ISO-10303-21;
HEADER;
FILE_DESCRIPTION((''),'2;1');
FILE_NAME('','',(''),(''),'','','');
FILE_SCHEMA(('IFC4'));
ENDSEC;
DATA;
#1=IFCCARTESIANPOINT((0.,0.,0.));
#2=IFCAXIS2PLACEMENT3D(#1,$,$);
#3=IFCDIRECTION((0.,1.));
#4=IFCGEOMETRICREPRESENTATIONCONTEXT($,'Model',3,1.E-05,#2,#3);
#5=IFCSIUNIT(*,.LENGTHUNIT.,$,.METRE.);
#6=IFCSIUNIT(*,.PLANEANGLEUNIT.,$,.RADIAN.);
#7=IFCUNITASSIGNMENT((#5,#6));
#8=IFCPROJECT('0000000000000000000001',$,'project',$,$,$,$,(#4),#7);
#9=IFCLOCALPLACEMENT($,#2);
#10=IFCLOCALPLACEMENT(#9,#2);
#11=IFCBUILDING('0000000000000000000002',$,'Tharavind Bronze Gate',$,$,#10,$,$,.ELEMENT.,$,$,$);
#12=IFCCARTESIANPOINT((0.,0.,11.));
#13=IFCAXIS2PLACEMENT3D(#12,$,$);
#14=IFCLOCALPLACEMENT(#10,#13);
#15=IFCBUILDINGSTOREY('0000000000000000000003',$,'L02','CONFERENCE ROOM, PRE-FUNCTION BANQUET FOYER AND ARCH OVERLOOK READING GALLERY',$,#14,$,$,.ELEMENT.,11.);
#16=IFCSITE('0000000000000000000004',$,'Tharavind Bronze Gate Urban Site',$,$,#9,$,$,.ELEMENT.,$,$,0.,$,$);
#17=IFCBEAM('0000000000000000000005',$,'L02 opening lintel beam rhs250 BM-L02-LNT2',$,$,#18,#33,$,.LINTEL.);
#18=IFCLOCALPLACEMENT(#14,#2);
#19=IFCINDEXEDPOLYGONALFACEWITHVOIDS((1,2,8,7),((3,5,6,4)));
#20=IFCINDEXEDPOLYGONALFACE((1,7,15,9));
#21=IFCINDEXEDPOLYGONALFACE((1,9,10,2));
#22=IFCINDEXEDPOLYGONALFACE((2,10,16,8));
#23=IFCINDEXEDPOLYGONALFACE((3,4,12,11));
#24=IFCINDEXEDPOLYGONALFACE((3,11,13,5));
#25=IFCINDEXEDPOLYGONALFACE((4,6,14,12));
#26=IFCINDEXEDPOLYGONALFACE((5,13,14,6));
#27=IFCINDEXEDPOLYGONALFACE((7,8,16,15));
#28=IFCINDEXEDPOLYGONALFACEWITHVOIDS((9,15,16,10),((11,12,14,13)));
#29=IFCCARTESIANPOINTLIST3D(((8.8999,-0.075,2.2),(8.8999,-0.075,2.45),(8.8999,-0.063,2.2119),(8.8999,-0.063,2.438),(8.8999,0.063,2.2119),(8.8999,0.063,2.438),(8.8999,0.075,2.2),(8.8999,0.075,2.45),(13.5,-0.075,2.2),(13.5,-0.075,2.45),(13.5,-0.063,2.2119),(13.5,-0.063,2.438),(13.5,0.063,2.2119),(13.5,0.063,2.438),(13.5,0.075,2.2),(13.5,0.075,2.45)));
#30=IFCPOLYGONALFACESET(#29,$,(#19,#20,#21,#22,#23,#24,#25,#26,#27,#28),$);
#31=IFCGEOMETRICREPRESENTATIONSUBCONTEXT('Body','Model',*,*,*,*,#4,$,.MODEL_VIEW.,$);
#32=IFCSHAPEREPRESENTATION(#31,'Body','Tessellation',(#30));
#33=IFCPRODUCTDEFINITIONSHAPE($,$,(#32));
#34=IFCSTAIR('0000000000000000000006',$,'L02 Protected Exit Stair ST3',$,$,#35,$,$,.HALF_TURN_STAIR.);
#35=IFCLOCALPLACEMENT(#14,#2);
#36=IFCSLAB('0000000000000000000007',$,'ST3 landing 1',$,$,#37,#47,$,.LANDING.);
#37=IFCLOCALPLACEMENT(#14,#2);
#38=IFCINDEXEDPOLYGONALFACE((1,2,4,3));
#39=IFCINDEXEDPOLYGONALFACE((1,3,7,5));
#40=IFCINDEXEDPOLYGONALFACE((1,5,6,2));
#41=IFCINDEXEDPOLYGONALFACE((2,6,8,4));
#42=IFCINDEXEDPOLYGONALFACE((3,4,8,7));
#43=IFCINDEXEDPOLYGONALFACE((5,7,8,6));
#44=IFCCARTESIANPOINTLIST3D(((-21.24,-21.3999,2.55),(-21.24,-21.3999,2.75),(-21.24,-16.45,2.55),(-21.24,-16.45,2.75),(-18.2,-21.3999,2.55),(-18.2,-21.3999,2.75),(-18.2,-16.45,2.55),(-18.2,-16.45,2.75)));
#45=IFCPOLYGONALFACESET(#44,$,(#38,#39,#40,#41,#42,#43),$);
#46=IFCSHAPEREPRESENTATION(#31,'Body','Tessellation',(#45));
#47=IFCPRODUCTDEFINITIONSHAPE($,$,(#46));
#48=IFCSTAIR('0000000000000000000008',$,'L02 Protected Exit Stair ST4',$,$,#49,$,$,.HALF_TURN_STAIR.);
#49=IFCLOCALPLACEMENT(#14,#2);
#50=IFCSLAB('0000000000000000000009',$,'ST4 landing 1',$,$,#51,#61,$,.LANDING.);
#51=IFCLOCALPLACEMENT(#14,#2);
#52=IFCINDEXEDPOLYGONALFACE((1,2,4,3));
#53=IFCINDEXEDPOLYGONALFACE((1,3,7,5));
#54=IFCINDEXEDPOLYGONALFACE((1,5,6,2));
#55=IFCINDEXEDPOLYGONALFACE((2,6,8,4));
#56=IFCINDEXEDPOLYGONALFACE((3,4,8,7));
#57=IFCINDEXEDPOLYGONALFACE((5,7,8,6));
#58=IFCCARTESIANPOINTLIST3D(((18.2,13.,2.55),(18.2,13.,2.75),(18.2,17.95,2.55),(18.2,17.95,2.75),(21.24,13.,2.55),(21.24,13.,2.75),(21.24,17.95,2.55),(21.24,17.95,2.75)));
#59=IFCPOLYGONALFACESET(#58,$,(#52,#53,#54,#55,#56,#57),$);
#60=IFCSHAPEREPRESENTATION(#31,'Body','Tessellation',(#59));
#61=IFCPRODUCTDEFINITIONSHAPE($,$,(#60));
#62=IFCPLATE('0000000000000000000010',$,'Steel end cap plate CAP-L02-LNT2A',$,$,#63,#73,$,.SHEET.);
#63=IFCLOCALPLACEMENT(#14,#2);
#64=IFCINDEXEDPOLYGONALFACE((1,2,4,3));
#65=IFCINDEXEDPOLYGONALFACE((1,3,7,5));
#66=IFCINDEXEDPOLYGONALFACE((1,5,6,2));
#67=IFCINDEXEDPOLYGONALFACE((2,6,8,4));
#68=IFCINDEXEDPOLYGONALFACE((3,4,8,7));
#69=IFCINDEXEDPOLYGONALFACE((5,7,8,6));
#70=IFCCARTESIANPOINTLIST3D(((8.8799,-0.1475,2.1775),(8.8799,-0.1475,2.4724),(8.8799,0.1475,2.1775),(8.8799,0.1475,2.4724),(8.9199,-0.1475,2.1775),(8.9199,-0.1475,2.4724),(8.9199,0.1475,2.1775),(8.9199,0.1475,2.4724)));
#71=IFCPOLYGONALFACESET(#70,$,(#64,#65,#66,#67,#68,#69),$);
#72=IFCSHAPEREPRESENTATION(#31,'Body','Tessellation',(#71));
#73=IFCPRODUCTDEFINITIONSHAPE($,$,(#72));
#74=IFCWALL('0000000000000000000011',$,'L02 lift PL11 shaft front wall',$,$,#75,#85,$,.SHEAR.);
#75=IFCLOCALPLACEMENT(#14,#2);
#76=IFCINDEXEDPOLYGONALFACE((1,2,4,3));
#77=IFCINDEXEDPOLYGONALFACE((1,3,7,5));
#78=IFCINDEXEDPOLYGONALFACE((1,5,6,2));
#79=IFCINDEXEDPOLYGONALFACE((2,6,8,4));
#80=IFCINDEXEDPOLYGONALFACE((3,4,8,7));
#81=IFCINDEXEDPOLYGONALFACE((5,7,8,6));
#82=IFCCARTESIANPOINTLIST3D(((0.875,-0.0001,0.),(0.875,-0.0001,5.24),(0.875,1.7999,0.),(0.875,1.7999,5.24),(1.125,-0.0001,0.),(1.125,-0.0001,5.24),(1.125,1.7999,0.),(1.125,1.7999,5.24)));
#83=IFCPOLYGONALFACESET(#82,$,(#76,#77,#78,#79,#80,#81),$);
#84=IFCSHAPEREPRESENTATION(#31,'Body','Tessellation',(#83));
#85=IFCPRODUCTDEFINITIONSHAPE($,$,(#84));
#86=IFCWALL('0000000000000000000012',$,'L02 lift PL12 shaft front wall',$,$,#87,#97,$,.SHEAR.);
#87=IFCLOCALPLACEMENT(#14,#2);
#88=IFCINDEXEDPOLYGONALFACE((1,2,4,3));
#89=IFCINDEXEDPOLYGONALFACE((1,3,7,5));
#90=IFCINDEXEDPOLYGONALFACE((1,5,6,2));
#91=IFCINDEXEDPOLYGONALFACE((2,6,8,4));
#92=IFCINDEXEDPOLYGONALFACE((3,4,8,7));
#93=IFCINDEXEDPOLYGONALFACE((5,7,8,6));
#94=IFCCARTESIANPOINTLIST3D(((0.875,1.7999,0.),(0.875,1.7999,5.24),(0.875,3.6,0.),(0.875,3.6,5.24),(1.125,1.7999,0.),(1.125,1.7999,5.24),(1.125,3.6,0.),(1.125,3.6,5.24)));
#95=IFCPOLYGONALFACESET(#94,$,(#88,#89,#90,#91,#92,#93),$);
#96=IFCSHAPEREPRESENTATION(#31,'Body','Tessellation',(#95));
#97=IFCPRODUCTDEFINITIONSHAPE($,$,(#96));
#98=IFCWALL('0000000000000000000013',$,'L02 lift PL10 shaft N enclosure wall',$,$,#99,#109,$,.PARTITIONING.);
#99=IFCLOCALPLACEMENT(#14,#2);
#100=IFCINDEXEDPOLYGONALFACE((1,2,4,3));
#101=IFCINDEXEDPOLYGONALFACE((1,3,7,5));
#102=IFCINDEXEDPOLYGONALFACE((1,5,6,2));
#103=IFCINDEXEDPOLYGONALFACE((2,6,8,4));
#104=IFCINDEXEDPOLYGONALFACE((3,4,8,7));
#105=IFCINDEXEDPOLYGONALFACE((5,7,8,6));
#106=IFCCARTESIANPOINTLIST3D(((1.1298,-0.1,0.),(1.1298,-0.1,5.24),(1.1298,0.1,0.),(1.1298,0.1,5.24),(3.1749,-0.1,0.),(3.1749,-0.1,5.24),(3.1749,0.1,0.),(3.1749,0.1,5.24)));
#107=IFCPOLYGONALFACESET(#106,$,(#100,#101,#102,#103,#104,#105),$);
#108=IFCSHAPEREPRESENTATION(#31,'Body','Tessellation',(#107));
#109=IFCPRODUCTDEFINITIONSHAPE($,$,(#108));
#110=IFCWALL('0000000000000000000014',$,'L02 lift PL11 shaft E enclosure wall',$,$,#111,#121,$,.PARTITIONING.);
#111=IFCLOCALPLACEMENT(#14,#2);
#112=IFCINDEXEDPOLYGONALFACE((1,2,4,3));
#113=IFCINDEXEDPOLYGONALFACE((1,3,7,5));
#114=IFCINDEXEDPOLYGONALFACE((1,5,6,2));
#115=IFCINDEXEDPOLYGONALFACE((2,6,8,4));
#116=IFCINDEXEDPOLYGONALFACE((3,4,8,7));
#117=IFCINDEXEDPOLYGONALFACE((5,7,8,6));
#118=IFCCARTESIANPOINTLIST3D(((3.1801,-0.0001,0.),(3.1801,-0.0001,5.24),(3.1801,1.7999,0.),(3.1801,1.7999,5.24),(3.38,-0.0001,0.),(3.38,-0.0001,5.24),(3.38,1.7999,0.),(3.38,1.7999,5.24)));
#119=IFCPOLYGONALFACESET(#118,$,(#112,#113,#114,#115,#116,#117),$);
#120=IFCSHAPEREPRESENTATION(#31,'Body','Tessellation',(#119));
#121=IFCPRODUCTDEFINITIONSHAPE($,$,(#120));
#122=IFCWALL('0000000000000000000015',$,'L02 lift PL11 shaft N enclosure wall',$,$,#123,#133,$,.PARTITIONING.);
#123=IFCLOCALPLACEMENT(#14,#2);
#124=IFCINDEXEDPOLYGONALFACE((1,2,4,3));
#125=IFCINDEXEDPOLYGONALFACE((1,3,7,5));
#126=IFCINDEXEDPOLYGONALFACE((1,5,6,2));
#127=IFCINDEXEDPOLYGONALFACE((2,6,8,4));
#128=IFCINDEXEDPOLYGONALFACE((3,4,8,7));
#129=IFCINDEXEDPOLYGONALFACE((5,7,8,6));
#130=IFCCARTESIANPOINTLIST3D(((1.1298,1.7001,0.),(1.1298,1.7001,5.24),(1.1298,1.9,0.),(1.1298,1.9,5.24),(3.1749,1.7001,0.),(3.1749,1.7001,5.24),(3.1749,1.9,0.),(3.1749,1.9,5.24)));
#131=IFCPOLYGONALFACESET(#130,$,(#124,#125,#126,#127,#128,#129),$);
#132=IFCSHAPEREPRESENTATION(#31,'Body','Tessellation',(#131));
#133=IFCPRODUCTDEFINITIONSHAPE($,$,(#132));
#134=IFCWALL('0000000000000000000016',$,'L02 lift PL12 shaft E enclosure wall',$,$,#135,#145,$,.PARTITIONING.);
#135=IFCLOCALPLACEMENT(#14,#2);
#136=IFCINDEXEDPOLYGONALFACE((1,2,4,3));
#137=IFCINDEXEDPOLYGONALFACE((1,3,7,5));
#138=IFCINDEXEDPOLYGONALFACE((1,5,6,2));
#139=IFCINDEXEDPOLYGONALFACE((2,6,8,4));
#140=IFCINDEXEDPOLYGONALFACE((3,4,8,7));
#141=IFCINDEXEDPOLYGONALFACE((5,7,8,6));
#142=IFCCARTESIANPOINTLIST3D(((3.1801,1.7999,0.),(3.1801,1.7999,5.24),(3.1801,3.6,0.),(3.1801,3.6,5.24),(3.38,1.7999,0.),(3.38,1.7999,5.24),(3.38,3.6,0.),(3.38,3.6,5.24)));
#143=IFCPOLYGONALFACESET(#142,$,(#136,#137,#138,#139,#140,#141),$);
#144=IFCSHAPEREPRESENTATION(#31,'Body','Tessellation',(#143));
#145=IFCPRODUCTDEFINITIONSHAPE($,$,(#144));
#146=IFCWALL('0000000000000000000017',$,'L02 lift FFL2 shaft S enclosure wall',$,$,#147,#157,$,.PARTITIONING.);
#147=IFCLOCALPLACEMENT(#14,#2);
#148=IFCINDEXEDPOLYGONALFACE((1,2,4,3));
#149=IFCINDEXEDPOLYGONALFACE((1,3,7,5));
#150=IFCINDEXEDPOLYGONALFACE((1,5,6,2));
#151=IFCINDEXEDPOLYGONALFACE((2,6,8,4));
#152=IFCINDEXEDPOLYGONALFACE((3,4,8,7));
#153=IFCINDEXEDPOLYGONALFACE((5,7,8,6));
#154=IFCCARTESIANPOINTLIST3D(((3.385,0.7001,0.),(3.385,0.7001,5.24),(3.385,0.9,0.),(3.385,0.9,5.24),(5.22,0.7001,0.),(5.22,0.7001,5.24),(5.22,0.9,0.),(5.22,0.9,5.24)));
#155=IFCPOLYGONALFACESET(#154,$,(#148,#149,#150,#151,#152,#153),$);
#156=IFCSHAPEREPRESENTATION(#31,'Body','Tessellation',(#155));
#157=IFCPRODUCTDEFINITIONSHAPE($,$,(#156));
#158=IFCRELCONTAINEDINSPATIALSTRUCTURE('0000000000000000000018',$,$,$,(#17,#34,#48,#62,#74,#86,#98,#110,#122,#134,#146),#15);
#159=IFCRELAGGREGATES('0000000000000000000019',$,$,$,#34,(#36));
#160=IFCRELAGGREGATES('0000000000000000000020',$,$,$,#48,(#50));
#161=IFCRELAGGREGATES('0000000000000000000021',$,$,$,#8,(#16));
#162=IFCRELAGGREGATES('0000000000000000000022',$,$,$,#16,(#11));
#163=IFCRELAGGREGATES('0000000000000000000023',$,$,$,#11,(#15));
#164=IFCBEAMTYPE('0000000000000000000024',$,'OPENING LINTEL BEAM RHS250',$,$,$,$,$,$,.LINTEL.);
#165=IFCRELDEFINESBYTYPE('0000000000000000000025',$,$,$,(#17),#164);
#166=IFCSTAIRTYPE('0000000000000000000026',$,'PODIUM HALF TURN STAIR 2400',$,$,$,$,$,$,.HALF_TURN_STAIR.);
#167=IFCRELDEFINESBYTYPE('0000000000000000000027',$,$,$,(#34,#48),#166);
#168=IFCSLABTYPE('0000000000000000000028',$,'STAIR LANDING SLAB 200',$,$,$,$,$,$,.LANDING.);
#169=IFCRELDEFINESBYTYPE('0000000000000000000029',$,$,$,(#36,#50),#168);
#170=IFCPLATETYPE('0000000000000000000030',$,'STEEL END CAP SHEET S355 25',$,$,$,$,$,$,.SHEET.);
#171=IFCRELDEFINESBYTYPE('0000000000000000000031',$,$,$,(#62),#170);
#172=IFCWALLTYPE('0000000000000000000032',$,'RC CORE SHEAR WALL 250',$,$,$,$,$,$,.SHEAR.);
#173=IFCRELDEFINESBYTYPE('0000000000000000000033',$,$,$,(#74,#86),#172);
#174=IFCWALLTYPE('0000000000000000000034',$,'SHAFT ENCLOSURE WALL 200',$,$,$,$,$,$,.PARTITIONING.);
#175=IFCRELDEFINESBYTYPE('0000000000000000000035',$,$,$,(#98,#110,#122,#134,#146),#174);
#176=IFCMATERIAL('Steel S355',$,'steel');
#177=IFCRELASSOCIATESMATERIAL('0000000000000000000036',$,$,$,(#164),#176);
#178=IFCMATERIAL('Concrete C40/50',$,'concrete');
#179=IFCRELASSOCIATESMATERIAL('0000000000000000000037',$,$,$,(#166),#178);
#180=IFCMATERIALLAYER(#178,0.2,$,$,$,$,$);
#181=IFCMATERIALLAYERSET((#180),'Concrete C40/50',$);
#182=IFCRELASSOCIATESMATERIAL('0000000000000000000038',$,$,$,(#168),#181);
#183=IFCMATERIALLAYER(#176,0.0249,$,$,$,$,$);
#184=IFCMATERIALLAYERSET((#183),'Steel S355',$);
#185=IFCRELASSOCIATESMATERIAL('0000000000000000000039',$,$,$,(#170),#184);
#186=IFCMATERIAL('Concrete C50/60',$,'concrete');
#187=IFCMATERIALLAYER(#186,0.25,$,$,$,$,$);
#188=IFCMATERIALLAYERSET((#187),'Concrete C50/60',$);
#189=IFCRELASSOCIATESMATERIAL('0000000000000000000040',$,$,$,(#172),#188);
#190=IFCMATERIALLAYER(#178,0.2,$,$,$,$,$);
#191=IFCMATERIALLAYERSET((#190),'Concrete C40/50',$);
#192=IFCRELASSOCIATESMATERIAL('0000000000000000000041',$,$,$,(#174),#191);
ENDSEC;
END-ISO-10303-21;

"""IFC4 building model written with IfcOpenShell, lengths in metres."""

from ifc_helpers import new_model, si_unit, direction, frame, frame_2d, origin, origin_2d, place, context, subcontext, project, spatial, polyline, rectangle, hollow_rectangle, outline, extrude, material, layer, layer_set, material_profile, profile_set, type_object, element, aggregate, save


model = new_model("IFC4")

# Units and contexts
model_context = context("Model", 3, precision=1e-05, world=origin(), true_north=direction((0.0, 1.0)))
body_context = subcontext(model_context, "Body", "Model", "MODEL_VIEW")
ifc_project = project(units=[si_unit("LENGTHUNIT", "METRE"), si_unit("PLANEANGLEUNIT", "RADIAN")], contexts=[model_context])

# Site, building, storey
site_placement = place(None, origin())
site = spatial("IfcSite", under=ifc_project, at=site_placement, Name="Tharavind Bronze Gate Urban Site", CompositionType="ELEMENT", RefElevation=0.0)
building_placement = place(site_placement, origin())
building = spatial("IfcBuilding", under=site, at=building_placement, Name="Tharavind Bronze Gate", CompositionType="ELEMENT")
storey_placement = place(building_placement, frame((0.0, 0.0, 11.0)))
storey = spatial("IfcBuildingStorey", under=building, at=storey_placement, Name="L02", Description="CONFERENCE ROOM, PRE-FUNCTION BANQUET FOYER AND ARCH OVERLOOK READING GALLERY", CompositionType="ELEMENT", Elevation=11.0)

# Beam
ifc_material_1 = material(Name="Steel S355", Category="steel")
ifc_material_profile = material_profile(ifc_material_1, hollow_rectangle(XDim=0.1499, YDim=0.25, WallThickness=0.012, at=origin_2d()), Name="RHS250X150X12")
ifc_profile_set = profile_set([ifc_material_profile], Name="Steel S355")
beam_type = type_object("IfcBeamType", Name="OPENING LINTEL BEAM RHS250", PredefinedType="LINTEL", material=ifc_profile_set)
beam_placement = place(storey_placement, frame((8.8999, 0.0, 2.325), z_axis=(1.0, 0.0, 0.0), x_axis=(0.0, 1.0, 0.0)))
element("IfcBeam", 1, at=beam_placement, inside=storey, type_object=beam_type, Name="L02 opening lintel beam rhs250 BM-L02-LNT2", PredefinedType="LINTEL", context=body_context, shape_type="SweptSolid", body=[
    extrude(hollow_rectangle(XDim=0.1499, YDim=0.25, WallThickness=0.012, at=origin_2d()), origin(), (0.0, 0.0, 1.0), 4.6001),
])

# Stairs, slabs
ifc_material_2 = material(Name="Concrete C40/50", Category="concrete")
stair_type_1 = type_object("IfcStairType", Name="PODIUM HALF TURN STAIR 2400", PredefinedType="HALF_TURN_STAIR", material=ifc_material_2)
stair_1_placement = place(storey_placement, origin())
stair_1 = element("IfcStair", 2, at=stair_1_placement, inside=storey, type_object=stair_type_1, Name="L02 Protected Exit Stair ST3", PredefinedType="HALF_TURN_STAIR")
ifc_layer_1 = layer(ifc_material_2, 0.2)
ifc_layer_set_1 = layer_set([ifc_layer_1], Name="Concrete C40/50")
slab_type = type_object("IfcSlabType", Name="STAIR LANDING SLAB 200", PredefinedType="LANDING", material=ifc_layer_set_1)
slab_1_placement = place(storey_placement, frame((0.0, 0.0, 2.55)))
slab_1 = element("IfcSlab", 3, at=slab_1_placement, type_object=slab_type, Name="ST3 landing 1", PredefinedType="LANDING", context=body_context, shape_type="SweptSolid", body=[
    extrude(outline(polyline([(-21.24, -21.3999), (-18.2, -21.3999), (-18.2, -16.45), (-21.24, -16.45), (-21.24, -21.3999)])), origin(), (0.0, 0.0, 1.0), 0.2),
])
aggregate(stair_1, [slab_1])
stair_2_placement = place(storey_placement, origin())
stair_2 = element("IfcStair", 4, at=stair_2_placement, inside=storey, type_object=stair_type_1, Name="L02 Protected Exit Stair ST4", PredefinedType="HALF_TURN_STAIR")
slab_2_placement = place(storey_placement, frame((0.0, 0.0, 2.55)))
slab_2 = element("IfcSlab", 5, at=slab_2_placement, type_object=slab_type, Name="ST4 landing 1", PredefinedType="LANDING", context=body_context, shape_type="SweptSolid", body=[
    extrude(outline(polyline([(21.24, 17.95), (18.2, 17.95), (18.2, 13.0), (21.24, 13.0), (21.24, 17.95)])), origin(), (0.0, 0.0, 1.0), 0.2),
])
aggregate(stair_2, [slab_2])

# Plate
ifc_layer_2 = layer(ifc_material_1, 0.0249)
ifc_layer_set_2 = layer_set([ifc_layer_2], Name="Steel S355")
plate_type = type_object("IfcPlateType", Name="STEEL END CAP SHEET S355 25", PredefinedType="SHEET", material=ifc_layer_set_2)
plate_placement = place(storey_placement, frame((8.8999, 0.0, 2.1775), z_axis=(0.0, 0.0, 1.0), x_axis=(1.0, 0.0, 0.0)))
element("IfcPlate", 6, at=plate_placement, inside=storey, type_object=plate_type, Name="Steel end cap plate CAP-L02-LNT2A", PredefinedType="SHEET", context=body_context, shape_type="SweptSolid", body=[
    extrude(rectangle(XDim=0.04, YDim=0.2949, at=origin_2d()), origin(), (0.0, 0.0, 1.0), 0.2949),
])

# Walls
ifc_material_3 = material(Name="Concrete C50/60", Category="concrete")
ifc_layer_3 = layer(ifc_material_3, 0.25)
ifc_layer_set_3 = layer_set([ifc_layer_3], Name="Concrete C50/60")
wall_type_1 = type_object("IfcWallType", Name="RC CORE SHEAR WALL 250", PredefinedType="SHEAR", material=ifc_layer_set_3)
for number, where, z_axis, x_axis, name in (
    (7, (1.0, 0.0, 0.0), (0.0, 0.0, 1.0), (0.0, 1.0, 0.0), "L02 lift PL11 shaft front wall"),
    (8, (1.0, 1.8, 0.0), (0.0, 0.0, 1.0), (0.0, 1.0, 0.0), "L02 lift PL12 shaft front wall"),
):
    element("IfcWall", number, at=place(storey_placement, frame(where, z_axis=z_axis, x_axis=x_axis)), inside=storey, type_object=wall_type_1, Name=name, PredefinedType="SHEAR", context=body_context, shape_type="SweptSolid", body=[
        extrude(rectangle(XDim=1.8, YDim=0.25, at=frame_2d((0.8999, 0.0))), origin(), (0.0, 0.0, 1.0), 5.24),
    ])
ifc_layer_4 = layer(ifc_material_2, 0.2)
ifc_layer_set_4 = layer_set([ifc_layer_4], Name="Concrete C40/50")
wall_type_2 = type_object("IfcWallType", Name="SHAFT ENCLOSURE WALL 200", PredefinedType="PARTITIONING", material=ifc_layer_set_4)
wall_1_placement = place(storey_placement, frame((1.1299, 0.0, 0.0), z_axis=(0.0, 0.0, 1.0), x_axis=(1.0, 0.0, 0.0)))
element("IfcWall", 9, at=wall_1_placement, inside=storey, type_object=wall_type_2, Name="L02 lift PL10 shaft N enclosure wall", PredefinedType="PARTITIONING", context=body_context, shape_type="SweptSolid", body=[
    extrude(rectangle(XDim=2.0452, YDim=0.2, at=frame_2d((1.0225, 0.0))), origin(), (0.0, 0.0, 1.0), 5.24),
])
wall_2_placement = place(storey_placement, frame((3.28, 0.0, 0.0), z_axis=(0.0, 0.0, 1.0), x_axis=(0.0, 1.0, 0.0)))
element("IfcWall", 10, at=wall_2_placement, inside=storey, type_object=wall_type_2, Name="L02 lift PL11 shaft E enclosure wall", PredefinedType="PARTITIONING", context=body_context, shape_type="SweptSolid", body=[
    extrude(rectangle(XDim=1.8, YDim=0.2, at=frame_2d((0.8999, 0.0))), origin(), (0.0, 0.0, 1.0), 5.24),
])
wall_3_placement = place(storey_placement, frame((1.1299, 1.8, 0.0), z_axis=(0.0, 0.0, 1.0), x_axis=(1.0, 0.0, 0.0)))
element("IfcWall", 11, at=wall_3_placement, inside=storey, type_object=wall_type_2, Name="L02 lift PL11 shaft N enclosure wall", PredefinedType="PARTITIONING", context=body_context, shape_type="SweptSolid", body=[
    extrude(rectangle(XDim=2.0452, YDim=0.2, at=frame_2d((1.0225, 0.0))), origin(), (0.0, 0.0, 1.0), 5.24),
])
wall_4_placement = place(storey_placement, frame((3.28, 1.8, 0.0), z_axis=(0.0, 0.0, 1.0), x_axis=(0.0, 1.0, 0.0)))
element("IfcWall", 12, at=wall_4_placement, inside=storey, type_object=wall_type_2, Name="L02 lift PL12 shaft E enclosure wall", PredefinedType="PARTITIONING", context=body_context, shape_type="SweptSolid", body=[
    extrude(rectangle(XDim=1.8, YDim=0.2, at=frame_2d((0.8999, 0.0))), origin(), (0.0, 0.0, 1.0), 5.24),
])
wall_5_placement = place(storey_placement, frame((3.385, 0.8, 0.0), z_axis=(0.0, 0.0, 1.0), x_axis=(1.0, 0.0, 0.0)))
element("IfcWall", 13, at=wall_5_placement, inside=storey, type_object=wall_type_2, Name="L02 lift FFL2 shaft S enclosure wall", PredefinedType="PARTITIONING", context=body_context, shape_type="SweptSolid", body=[
    extrude(rectangle(XDim=1.835, YDim=0.2, at=frame_2d((0.9175, 0.0))), origin(), (0.0, 0.0, 1.0), 5.24),
])

save(model, "model.ifc")
